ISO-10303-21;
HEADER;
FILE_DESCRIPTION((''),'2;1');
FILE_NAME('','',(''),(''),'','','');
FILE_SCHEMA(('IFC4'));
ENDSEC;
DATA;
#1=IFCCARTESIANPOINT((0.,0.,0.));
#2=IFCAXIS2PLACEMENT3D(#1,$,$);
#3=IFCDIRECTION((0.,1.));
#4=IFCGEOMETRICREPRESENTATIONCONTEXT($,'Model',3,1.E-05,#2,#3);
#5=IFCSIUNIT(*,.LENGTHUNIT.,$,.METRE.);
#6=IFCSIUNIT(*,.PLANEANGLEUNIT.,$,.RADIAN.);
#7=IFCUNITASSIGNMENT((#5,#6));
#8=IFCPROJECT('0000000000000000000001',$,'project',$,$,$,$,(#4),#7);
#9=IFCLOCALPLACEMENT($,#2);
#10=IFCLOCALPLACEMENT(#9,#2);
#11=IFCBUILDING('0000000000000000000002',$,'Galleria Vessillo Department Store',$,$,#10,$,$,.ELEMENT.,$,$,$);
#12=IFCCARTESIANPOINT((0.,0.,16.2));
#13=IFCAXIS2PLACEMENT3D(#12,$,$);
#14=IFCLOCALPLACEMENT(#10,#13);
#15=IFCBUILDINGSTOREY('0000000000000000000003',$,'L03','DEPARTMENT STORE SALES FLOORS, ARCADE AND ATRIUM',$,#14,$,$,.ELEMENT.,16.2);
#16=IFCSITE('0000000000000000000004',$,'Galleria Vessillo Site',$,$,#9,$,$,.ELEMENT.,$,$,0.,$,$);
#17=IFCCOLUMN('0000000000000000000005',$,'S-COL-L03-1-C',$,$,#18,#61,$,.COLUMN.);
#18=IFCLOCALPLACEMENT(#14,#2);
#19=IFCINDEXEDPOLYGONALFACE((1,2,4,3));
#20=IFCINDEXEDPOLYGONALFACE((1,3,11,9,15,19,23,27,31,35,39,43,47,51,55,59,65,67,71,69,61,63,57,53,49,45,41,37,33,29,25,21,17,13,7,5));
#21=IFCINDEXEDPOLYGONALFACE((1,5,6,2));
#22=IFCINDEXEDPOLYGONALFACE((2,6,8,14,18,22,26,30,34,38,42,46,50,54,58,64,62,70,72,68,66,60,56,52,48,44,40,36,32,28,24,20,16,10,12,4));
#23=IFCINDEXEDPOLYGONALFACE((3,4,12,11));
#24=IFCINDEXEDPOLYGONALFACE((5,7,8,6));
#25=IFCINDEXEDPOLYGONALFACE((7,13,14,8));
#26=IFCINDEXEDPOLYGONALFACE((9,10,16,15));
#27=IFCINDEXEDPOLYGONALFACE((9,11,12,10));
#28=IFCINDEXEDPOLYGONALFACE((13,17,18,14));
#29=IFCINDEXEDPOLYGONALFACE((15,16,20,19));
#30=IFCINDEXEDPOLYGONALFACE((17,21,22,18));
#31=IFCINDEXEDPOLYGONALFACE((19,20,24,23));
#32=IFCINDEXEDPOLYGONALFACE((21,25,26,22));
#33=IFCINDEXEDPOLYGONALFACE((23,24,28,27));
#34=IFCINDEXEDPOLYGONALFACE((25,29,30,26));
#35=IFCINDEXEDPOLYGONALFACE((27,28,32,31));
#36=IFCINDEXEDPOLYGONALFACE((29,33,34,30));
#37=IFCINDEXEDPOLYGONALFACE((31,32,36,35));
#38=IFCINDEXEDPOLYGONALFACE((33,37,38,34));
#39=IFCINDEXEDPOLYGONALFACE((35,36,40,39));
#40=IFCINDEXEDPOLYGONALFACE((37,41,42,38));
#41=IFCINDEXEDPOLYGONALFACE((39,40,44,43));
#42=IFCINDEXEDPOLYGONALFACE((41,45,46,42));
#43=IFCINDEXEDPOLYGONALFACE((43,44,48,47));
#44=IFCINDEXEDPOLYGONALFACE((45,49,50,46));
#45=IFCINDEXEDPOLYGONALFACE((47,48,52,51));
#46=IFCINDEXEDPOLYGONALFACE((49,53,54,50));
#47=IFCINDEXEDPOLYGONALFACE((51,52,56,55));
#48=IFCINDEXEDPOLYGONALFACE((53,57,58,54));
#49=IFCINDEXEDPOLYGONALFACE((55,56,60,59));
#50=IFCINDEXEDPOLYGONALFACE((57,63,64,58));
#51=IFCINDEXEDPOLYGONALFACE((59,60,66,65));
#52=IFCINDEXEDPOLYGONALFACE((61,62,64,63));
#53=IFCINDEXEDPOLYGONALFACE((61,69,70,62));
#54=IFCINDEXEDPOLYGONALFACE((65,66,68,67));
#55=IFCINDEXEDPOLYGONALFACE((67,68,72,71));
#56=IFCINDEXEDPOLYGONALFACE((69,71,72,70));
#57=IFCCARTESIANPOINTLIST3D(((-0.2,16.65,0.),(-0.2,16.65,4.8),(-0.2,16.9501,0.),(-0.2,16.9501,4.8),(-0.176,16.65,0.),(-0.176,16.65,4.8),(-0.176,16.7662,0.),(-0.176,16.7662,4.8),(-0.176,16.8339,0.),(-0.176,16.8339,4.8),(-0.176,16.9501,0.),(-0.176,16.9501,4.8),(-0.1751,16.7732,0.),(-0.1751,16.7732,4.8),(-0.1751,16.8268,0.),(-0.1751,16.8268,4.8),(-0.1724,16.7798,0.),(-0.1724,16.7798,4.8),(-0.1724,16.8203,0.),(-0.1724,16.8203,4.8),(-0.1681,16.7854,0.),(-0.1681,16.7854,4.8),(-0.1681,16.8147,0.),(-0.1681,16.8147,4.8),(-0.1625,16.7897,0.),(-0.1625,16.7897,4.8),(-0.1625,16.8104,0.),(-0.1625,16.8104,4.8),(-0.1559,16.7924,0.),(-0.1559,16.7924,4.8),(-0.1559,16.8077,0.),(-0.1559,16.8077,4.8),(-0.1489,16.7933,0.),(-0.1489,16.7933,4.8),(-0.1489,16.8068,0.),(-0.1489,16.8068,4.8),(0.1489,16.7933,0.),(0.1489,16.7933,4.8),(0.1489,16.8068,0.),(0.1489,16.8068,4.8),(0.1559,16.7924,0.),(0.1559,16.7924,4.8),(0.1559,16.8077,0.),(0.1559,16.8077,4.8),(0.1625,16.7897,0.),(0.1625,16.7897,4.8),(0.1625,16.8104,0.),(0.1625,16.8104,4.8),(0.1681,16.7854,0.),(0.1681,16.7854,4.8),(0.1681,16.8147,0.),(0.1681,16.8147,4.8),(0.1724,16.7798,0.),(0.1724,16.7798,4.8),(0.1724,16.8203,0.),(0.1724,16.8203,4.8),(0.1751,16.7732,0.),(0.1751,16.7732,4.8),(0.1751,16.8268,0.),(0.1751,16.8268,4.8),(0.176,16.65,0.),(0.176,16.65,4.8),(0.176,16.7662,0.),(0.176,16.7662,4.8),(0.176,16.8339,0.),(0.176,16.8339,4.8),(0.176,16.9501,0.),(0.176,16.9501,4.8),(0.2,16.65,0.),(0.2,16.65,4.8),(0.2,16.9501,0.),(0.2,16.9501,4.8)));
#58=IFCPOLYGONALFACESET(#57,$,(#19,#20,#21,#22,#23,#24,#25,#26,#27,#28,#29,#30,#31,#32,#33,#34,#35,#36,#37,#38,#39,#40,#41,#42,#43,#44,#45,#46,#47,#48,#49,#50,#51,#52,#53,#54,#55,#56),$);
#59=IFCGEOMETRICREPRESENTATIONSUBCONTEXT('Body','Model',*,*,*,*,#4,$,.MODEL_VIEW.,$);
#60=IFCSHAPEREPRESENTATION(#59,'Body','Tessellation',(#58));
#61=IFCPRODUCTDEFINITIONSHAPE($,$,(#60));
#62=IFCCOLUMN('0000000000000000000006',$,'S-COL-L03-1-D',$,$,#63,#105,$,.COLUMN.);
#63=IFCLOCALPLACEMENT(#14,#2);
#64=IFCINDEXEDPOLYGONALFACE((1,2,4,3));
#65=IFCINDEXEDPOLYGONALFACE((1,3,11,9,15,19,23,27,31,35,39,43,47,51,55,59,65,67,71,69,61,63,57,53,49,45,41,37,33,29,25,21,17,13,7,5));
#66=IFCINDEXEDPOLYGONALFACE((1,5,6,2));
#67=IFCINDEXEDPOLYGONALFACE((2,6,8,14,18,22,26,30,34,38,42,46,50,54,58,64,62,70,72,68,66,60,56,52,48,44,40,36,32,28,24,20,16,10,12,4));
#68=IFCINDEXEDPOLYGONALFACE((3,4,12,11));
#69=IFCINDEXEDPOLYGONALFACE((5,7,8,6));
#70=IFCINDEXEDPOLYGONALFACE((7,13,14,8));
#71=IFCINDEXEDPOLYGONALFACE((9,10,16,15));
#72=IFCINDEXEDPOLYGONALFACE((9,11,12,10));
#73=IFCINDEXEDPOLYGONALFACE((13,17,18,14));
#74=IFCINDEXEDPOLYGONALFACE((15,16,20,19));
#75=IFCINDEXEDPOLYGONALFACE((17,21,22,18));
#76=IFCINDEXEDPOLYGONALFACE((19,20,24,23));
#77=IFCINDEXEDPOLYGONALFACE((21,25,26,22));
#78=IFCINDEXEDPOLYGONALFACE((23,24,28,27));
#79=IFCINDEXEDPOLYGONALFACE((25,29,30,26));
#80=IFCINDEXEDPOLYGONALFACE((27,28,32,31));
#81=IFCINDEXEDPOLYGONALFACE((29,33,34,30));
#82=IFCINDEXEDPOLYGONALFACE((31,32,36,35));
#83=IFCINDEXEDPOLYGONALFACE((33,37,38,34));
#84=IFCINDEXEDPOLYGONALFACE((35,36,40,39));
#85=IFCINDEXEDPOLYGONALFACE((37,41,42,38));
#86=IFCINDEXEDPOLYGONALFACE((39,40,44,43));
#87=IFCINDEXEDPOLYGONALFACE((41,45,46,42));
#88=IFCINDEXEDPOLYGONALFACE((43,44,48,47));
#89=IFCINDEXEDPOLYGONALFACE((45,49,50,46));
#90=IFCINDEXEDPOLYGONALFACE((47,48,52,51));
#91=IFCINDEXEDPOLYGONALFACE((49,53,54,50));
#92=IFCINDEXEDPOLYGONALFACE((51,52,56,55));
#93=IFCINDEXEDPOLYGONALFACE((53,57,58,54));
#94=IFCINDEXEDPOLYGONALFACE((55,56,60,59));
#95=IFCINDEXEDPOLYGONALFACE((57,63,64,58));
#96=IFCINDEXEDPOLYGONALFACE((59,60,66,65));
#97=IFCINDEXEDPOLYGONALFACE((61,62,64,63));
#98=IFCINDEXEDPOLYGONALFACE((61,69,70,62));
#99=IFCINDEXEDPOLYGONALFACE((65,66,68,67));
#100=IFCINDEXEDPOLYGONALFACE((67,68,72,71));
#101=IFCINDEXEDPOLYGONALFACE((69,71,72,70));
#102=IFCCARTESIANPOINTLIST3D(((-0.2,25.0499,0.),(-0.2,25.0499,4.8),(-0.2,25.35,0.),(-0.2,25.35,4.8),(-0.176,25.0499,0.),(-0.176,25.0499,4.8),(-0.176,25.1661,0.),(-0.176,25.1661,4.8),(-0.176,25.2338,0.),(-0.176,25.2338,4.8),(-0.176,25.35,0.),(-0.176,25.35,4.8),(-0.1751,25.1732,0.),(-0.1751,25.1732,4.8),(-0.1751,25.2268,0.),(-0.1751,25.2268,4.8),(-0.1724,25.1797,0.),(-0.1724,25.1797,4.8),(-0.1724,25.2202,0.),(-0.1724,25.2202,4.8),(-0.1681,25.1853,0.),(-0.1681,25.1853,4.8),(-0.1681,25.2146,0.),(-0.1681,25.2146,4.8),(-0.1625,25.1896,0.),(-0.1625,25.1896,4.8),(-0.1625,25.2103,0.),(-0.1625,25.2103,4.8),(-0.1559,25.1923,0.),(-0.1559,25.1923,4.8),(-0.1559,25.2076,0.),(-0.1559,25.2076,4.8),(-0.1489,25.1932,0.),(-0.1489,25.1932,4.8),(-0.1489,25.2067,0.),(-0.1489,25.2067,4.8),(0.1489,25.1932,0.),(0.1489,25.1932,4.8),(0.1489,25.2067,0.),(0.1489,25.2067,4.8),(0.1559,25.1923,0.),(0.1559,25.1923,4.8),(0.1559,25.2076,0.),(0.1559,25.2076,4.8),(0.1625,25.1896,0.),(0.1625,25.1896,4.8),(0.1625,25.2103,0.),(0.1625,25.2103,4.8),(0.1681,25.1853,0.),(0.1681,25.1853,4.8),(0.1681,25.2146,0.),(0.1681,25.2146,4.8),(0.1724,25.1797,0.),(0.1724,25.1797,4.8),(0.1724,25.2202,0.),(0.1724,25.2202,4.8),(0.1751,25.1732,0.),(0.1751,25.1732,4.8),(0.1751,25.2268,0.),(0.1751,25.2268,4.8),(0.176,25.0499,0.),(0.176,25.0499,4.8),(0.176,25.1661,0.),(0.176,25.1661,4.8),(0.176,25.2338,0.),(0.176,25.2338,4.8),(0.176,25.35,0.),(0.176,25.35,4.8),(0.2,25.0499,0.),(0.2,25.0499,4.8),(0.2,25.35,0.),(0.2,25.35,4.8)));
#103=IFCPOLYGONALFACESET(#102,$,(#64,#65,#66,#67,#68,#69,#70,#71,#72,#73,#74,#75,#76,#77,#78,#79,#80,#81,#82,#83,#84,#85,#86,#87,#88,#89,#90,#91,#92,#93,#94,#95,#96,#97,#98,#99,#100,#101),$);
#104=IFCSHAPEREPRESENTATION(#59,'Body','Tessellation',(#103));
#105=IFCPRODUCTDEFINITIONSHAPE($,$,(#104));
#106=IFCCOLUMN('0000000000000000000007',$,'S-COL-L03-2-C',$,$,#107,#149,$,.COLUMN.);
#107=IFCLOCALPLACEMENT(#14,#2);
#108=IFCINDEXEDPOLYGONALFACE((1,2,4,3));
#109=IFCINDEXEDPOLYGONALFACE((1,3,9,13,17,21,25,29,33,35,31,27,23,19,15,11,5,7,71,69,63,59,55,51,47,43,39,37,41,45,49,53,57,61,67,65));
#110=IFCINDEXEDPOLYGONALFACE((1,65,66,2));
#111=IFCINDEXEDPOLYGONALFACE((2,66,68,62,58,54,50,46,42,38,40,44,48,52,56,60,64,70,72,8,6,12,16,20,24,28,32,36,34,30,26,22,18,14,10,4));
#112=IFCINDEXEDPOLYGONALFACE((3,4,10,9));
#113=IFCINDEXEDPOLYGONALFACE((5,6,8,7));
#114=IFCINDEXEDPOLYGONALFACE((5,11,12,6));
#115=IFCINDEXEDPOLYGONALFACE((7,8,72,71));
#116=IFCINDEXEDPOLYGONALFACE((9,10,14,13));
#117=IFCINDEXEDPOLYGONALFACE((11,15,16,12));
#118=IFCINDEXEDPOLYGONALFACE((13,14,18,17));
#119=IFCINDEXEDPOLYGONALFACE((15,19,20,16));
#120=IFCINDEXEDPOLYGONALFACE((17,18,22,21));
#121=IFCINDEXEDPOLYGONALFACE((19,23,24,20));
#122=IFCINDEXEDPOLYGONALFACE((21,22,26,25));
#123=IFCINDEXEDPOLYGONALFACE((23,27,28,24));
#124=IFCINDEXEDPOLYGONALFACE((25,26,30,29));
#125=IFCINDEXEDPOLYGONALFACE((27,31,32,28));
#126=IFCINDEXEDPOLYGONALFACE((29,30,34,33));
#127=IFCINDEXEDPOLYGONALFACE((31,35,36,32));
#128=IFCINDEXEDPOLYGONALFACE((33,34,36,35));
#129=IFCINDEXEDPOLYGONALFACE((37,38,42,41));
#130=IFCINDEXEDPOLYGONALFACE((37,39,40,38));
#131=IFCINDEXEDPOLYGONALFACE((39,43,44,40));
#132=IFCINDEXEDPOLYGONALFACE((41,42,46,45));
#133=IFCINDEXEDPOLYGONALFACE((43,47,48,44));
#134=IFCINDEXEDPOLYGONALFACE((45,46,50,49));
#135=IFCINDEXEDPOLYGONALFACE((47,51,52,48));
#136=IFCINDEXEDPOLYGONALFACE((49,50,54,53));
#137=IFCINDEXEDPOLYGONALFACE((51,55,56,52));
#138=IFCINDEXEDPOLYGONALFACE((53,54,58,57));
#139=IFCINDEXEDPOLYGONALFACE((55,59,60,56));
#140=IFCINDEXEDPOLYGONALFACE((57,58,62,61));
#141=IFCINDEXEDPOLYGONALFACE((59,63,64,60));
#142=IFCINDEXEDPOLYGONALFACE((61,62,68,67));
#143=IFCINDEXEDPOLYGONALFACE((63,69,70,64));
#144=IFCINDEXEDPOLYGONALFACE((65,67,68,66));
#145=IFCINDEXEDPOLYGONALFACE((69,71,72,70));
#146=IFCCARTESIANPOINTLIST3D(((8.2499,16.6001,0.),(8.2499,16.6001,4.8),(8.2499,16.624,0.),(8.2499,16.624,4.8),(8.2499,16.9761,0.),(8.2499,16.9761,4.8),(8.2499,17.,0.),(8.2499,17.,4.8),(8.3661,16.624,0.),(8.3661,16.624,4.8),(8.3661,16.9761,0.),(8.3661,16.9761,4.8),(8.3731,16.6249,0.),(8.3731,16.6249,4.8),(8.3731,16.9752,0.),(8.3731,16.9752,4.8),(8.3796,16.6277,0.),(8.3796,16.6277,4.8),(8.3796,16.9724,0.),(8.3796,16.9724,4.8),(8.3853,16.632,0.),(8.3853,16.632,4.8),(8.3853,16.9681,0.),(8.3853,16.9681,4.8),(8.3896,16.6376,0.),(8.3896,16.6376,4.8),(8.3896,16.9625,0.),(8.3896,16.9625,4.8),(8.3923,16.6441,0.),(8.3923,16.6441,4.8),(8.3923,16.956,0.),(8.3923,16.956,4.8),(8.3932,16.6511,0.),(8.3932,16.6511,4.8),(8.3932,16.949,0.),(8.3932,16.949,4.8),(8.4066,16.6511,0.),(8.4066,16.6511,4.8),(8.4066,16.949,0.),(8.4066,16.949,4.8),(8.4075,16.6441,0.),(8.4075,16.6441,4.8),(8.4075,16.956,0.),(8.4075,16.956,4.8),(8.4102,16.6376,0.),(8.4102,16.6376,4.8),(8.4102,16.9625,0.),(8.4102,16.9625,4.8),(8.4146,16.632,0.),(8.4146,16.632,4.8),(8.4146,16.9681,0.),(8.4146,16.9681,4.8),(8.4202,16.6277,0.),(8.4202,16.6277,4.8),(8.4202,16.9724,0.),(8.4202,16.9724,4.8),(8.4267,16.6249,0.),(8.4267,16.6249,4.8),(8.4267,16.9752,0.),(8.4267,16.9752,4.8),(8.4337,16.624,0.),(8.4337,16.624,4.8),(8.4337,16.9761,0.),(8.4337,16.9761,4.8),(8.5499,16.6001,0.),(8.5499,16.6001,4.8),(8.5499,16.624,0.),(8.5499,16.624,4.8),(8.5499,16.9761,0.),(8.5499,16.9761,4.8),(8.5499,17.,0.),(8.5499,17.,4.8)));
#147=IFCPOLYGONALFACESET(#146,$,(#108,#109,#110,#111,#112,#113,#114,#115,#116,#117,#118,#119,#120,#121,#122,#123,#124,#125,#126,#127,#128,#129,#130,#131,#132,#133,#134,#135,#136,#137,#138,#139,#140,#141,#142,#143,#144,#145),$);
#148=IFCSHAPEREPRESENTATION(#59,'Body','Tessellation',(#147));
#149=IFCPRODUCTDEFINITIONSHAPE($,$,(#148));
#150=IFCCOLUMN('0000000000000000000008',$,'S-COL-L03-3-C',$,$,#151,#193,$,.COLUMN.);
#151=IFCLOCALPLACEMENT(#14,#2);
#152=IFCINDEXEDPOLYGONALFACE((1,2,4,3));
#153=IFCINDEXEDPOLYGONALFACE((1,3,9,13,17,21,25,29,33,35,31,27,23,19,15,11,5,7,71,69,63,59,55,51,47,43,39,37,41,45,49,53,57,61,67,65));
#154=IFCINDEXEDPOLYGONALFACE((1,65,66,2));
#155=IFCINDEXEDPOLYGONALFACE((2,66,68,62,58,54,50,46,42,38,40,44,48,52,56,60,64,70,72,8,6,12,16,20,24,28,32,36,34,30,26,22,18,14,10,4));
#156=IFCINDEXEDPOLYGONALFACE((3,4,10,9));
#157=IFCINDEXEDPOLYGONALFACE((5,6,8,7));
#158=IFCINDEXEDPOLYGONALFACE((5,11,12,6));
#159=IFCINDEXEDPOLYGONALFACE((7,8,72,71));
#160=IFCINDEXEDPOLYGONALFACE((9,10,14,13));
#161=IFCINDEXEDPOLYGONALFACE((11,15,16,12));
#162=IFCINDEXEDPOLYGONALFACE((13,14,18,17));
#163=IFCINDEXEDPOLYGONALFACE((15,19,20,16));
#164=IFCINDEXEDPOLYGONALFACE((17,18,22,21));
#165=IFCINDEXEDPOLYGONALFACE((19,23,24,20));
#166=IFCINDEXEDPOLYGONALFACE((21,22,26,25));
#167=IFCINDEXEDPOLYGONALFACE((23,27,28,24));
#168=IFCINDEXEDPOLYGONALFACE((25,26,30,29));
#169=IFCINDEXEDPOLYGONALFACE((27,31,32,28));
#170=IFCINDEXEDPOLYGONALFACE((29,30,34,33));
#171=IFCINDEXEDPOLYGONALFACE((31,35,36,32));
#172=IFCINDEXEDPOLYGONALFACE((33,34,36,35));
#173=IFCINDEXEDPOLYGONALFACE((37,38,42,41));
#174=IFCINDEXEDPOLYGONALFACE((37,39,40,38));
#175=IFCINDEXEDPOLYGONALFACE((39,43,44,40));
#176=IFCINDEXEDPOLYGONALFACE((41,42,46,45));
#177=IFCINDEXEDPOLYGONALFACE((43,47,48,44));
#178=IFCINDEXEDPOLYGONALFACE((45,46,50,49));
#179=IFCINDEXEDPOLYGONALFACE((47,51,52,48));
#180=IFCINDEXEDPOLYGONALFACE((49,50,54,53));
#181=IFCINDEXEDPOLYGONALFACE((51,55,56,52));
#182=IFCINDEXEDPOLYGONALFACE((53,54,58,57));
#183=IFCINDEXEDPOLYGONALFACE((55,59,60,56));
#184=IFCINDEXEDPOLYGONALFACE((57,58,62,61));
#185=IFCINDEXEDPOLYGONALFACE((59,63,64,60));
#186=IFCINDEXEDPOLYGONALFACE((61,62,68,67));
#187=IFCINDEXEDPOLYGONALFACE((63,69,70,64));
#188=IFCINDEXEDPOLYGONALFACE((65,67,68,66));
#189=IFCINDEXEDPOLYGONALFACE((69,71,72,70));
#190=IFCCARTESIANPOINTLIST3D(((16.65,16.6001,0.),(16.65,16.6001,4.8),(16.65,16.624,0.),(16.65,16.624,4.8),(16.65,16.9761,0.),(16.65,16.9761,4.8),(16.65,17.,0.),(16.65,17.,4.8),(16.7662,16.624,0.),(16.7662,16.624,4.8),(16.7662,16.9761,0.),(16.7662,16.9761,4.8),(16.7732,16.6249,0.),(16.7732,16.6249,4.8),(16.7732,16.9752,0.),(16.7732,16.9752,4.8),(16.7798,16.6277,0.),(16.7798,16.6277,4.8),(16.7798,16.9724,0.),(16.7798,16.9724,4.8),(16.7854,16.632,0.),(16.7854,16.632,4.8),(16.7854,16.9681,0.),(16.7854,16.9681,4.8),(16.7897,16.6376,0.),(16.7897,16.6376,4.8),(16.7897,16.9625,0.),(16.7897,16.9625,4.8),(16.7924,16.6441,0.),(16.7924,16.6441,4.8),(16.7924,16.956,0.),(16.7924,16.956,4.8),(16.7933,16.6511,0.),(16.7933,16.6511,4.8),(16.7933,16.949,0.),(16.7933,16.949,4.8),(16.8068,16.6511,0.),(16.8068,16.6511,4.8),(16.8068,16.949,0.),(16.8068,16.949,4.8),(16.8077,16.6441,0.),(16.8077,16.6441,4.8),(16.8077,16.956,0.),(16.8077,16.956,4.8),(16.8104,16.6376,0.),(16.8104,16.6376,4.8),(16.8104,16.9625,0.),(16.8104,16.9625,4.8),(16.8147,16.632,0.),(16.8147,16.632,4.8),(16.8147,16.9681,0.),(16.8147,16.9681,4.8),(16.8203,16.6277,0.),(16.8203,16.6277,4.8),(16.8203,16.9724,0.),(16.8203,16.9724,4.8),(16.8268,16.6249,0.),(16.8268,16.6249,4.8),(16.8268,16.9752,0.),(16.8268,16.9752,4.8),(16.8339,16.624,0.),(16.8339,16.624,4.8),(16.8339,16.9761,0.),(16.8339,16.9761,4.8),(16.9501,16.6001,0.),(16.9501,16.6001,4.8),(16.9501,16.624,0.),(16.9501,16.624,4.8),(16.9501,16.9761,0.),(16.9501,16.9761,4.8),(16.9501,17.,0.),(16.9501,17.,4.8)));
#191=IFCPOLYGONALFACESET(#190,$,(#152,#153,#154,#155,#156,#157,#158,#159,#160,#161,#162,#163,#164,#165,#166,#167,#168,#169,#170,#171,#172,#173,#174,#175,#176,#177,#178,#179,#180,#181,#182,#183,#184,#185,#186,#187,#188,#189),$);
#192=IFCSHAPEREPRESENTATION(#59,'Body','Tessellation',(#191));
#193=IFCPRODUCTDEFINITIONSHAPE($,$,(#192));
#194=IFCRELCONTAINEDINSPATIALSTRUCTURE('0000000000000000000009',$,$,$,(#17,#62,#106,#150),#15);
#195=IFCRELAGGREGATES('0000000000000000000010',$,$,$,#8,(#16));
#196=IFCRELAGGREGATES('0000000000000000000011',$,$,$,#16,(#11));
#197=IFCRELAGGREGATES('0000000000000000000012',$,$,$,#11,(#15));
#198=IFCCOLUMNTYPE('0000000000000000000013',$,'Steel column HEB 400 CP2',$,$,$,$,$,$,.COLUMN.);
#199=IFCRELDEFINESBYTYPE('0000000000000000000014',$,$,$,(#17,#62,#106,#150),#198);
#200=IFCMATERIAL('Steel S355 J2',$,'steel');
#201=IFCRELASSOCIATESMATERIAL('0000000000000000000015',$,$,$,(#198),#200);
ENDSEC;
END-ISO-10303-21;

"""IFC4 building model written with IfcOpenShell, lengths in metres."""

from ifc_helpers import new_model, si_unit, direction, frame, origin, origin_2d, place, context, subcontext, project, spatial, i_section, extrude, material, material_profile, profile_set, type_object, element, save


model = new_model("IFC4")

# Units and contexts
model_context = context("Model", 3, precision=1e-05, world=origin(), true_north=direction((0.0, 1.0)))
body_context = subcontext(model_context, "Body", "Model", "MODEL_VIEW")
ifc_project = project(units=[si_unit("LENGTHUNIT", "METRE"), si_unit("PLANEANGLEUNIT", "RADIAN")], contexts=[model_context])

# Site, building, storey
site_placement = place(None, origin())
site = spatial("IfcSite", under=ifc_project, at=site_placement, Name="Galleria Vessillo Site", CompositionType="ELEMENT", RefElevation=0.0)
building_placement = place(site_placement, origin())
building = spatial("IfcBuilding", under=site, at=building_placement, Name="Galleria Vessillo Department Store", CompositionType="ELEMENT")
storey_placement = place(building_placement, frame((0.0, 0.0, 16.2)))
storey = spatial("IfcBuildingStorey", under=building, at=storey_placement, Name="L03", Description="DEPARTMENT STORE SALES FLOORS, ARCADE AND ATRIUM", CompositionType="ELEMENT", Elevation=16.2)

# Columns
ifc_material_1 = material(Name="Steel S355 J2", Category="steel")
ifc_material_profile_1 = material_profile(ifc_material_1, i_section(OverallWidth=0.3, OverallDepth=0.3999, WebThickness=0.0134, FlangeThickness=0.0239, FilletRadius=0.0271, at=origin_2d()), Name="HEB 400")
ifc_profile_set_1 = profile_set([ifc_material_profile_1], Name="Steel S355 J2")
column_type_1 = type_object("IfcColumnType", Name="Steel column HEB 400 CP2", PredefinedType="COLUMN", material=ifc_profile_set_1)
for number, where, z_axis, x_axis, name in (
    (1, (0.0, 16.8, 0.0), (0.0, 0.0, 1.0), (0.0, 1.0, 0.0), "S-COL-L03-1-C"),
    (2, (0.0, 25.2, 0.0), (0.0, 0.0, 1.0), (0.0, 1.0, 0.0), "S-COL-L03-1-D"),
    (3, (8.3999, 16.8, 0.0), (0.0, 0.0, 1.0), (1.0, 0.0, 0.0), "S-COL-L03-2-C"),
    (4, (16.8, 16.8, 0.0), (0.0, 0.0, 1.0), (1.0, 0.0, 0.0), "S-COL-L03-3-C"),
):
    element("IfcColumn", number, at=place(storey_placement, frame(where, z_axis=z_axis, x_axis=x_axis)), inside=storey, type_object=column_type_1, Name=name, PredefinedType="COLUMN", context=body_context, shape_type="SweptSolid", body=[
        extrude(i_section(OverallWidth=0.3, OverallDepth=0.3999, WebThickness=0.0134, FlangeThickness=0.0239, FilletRadius=0.0271, at=origin_2d()), origin(), (0.0, 0.0, 1.0), 4.8),
    ])

save(model, "model.ifc")
